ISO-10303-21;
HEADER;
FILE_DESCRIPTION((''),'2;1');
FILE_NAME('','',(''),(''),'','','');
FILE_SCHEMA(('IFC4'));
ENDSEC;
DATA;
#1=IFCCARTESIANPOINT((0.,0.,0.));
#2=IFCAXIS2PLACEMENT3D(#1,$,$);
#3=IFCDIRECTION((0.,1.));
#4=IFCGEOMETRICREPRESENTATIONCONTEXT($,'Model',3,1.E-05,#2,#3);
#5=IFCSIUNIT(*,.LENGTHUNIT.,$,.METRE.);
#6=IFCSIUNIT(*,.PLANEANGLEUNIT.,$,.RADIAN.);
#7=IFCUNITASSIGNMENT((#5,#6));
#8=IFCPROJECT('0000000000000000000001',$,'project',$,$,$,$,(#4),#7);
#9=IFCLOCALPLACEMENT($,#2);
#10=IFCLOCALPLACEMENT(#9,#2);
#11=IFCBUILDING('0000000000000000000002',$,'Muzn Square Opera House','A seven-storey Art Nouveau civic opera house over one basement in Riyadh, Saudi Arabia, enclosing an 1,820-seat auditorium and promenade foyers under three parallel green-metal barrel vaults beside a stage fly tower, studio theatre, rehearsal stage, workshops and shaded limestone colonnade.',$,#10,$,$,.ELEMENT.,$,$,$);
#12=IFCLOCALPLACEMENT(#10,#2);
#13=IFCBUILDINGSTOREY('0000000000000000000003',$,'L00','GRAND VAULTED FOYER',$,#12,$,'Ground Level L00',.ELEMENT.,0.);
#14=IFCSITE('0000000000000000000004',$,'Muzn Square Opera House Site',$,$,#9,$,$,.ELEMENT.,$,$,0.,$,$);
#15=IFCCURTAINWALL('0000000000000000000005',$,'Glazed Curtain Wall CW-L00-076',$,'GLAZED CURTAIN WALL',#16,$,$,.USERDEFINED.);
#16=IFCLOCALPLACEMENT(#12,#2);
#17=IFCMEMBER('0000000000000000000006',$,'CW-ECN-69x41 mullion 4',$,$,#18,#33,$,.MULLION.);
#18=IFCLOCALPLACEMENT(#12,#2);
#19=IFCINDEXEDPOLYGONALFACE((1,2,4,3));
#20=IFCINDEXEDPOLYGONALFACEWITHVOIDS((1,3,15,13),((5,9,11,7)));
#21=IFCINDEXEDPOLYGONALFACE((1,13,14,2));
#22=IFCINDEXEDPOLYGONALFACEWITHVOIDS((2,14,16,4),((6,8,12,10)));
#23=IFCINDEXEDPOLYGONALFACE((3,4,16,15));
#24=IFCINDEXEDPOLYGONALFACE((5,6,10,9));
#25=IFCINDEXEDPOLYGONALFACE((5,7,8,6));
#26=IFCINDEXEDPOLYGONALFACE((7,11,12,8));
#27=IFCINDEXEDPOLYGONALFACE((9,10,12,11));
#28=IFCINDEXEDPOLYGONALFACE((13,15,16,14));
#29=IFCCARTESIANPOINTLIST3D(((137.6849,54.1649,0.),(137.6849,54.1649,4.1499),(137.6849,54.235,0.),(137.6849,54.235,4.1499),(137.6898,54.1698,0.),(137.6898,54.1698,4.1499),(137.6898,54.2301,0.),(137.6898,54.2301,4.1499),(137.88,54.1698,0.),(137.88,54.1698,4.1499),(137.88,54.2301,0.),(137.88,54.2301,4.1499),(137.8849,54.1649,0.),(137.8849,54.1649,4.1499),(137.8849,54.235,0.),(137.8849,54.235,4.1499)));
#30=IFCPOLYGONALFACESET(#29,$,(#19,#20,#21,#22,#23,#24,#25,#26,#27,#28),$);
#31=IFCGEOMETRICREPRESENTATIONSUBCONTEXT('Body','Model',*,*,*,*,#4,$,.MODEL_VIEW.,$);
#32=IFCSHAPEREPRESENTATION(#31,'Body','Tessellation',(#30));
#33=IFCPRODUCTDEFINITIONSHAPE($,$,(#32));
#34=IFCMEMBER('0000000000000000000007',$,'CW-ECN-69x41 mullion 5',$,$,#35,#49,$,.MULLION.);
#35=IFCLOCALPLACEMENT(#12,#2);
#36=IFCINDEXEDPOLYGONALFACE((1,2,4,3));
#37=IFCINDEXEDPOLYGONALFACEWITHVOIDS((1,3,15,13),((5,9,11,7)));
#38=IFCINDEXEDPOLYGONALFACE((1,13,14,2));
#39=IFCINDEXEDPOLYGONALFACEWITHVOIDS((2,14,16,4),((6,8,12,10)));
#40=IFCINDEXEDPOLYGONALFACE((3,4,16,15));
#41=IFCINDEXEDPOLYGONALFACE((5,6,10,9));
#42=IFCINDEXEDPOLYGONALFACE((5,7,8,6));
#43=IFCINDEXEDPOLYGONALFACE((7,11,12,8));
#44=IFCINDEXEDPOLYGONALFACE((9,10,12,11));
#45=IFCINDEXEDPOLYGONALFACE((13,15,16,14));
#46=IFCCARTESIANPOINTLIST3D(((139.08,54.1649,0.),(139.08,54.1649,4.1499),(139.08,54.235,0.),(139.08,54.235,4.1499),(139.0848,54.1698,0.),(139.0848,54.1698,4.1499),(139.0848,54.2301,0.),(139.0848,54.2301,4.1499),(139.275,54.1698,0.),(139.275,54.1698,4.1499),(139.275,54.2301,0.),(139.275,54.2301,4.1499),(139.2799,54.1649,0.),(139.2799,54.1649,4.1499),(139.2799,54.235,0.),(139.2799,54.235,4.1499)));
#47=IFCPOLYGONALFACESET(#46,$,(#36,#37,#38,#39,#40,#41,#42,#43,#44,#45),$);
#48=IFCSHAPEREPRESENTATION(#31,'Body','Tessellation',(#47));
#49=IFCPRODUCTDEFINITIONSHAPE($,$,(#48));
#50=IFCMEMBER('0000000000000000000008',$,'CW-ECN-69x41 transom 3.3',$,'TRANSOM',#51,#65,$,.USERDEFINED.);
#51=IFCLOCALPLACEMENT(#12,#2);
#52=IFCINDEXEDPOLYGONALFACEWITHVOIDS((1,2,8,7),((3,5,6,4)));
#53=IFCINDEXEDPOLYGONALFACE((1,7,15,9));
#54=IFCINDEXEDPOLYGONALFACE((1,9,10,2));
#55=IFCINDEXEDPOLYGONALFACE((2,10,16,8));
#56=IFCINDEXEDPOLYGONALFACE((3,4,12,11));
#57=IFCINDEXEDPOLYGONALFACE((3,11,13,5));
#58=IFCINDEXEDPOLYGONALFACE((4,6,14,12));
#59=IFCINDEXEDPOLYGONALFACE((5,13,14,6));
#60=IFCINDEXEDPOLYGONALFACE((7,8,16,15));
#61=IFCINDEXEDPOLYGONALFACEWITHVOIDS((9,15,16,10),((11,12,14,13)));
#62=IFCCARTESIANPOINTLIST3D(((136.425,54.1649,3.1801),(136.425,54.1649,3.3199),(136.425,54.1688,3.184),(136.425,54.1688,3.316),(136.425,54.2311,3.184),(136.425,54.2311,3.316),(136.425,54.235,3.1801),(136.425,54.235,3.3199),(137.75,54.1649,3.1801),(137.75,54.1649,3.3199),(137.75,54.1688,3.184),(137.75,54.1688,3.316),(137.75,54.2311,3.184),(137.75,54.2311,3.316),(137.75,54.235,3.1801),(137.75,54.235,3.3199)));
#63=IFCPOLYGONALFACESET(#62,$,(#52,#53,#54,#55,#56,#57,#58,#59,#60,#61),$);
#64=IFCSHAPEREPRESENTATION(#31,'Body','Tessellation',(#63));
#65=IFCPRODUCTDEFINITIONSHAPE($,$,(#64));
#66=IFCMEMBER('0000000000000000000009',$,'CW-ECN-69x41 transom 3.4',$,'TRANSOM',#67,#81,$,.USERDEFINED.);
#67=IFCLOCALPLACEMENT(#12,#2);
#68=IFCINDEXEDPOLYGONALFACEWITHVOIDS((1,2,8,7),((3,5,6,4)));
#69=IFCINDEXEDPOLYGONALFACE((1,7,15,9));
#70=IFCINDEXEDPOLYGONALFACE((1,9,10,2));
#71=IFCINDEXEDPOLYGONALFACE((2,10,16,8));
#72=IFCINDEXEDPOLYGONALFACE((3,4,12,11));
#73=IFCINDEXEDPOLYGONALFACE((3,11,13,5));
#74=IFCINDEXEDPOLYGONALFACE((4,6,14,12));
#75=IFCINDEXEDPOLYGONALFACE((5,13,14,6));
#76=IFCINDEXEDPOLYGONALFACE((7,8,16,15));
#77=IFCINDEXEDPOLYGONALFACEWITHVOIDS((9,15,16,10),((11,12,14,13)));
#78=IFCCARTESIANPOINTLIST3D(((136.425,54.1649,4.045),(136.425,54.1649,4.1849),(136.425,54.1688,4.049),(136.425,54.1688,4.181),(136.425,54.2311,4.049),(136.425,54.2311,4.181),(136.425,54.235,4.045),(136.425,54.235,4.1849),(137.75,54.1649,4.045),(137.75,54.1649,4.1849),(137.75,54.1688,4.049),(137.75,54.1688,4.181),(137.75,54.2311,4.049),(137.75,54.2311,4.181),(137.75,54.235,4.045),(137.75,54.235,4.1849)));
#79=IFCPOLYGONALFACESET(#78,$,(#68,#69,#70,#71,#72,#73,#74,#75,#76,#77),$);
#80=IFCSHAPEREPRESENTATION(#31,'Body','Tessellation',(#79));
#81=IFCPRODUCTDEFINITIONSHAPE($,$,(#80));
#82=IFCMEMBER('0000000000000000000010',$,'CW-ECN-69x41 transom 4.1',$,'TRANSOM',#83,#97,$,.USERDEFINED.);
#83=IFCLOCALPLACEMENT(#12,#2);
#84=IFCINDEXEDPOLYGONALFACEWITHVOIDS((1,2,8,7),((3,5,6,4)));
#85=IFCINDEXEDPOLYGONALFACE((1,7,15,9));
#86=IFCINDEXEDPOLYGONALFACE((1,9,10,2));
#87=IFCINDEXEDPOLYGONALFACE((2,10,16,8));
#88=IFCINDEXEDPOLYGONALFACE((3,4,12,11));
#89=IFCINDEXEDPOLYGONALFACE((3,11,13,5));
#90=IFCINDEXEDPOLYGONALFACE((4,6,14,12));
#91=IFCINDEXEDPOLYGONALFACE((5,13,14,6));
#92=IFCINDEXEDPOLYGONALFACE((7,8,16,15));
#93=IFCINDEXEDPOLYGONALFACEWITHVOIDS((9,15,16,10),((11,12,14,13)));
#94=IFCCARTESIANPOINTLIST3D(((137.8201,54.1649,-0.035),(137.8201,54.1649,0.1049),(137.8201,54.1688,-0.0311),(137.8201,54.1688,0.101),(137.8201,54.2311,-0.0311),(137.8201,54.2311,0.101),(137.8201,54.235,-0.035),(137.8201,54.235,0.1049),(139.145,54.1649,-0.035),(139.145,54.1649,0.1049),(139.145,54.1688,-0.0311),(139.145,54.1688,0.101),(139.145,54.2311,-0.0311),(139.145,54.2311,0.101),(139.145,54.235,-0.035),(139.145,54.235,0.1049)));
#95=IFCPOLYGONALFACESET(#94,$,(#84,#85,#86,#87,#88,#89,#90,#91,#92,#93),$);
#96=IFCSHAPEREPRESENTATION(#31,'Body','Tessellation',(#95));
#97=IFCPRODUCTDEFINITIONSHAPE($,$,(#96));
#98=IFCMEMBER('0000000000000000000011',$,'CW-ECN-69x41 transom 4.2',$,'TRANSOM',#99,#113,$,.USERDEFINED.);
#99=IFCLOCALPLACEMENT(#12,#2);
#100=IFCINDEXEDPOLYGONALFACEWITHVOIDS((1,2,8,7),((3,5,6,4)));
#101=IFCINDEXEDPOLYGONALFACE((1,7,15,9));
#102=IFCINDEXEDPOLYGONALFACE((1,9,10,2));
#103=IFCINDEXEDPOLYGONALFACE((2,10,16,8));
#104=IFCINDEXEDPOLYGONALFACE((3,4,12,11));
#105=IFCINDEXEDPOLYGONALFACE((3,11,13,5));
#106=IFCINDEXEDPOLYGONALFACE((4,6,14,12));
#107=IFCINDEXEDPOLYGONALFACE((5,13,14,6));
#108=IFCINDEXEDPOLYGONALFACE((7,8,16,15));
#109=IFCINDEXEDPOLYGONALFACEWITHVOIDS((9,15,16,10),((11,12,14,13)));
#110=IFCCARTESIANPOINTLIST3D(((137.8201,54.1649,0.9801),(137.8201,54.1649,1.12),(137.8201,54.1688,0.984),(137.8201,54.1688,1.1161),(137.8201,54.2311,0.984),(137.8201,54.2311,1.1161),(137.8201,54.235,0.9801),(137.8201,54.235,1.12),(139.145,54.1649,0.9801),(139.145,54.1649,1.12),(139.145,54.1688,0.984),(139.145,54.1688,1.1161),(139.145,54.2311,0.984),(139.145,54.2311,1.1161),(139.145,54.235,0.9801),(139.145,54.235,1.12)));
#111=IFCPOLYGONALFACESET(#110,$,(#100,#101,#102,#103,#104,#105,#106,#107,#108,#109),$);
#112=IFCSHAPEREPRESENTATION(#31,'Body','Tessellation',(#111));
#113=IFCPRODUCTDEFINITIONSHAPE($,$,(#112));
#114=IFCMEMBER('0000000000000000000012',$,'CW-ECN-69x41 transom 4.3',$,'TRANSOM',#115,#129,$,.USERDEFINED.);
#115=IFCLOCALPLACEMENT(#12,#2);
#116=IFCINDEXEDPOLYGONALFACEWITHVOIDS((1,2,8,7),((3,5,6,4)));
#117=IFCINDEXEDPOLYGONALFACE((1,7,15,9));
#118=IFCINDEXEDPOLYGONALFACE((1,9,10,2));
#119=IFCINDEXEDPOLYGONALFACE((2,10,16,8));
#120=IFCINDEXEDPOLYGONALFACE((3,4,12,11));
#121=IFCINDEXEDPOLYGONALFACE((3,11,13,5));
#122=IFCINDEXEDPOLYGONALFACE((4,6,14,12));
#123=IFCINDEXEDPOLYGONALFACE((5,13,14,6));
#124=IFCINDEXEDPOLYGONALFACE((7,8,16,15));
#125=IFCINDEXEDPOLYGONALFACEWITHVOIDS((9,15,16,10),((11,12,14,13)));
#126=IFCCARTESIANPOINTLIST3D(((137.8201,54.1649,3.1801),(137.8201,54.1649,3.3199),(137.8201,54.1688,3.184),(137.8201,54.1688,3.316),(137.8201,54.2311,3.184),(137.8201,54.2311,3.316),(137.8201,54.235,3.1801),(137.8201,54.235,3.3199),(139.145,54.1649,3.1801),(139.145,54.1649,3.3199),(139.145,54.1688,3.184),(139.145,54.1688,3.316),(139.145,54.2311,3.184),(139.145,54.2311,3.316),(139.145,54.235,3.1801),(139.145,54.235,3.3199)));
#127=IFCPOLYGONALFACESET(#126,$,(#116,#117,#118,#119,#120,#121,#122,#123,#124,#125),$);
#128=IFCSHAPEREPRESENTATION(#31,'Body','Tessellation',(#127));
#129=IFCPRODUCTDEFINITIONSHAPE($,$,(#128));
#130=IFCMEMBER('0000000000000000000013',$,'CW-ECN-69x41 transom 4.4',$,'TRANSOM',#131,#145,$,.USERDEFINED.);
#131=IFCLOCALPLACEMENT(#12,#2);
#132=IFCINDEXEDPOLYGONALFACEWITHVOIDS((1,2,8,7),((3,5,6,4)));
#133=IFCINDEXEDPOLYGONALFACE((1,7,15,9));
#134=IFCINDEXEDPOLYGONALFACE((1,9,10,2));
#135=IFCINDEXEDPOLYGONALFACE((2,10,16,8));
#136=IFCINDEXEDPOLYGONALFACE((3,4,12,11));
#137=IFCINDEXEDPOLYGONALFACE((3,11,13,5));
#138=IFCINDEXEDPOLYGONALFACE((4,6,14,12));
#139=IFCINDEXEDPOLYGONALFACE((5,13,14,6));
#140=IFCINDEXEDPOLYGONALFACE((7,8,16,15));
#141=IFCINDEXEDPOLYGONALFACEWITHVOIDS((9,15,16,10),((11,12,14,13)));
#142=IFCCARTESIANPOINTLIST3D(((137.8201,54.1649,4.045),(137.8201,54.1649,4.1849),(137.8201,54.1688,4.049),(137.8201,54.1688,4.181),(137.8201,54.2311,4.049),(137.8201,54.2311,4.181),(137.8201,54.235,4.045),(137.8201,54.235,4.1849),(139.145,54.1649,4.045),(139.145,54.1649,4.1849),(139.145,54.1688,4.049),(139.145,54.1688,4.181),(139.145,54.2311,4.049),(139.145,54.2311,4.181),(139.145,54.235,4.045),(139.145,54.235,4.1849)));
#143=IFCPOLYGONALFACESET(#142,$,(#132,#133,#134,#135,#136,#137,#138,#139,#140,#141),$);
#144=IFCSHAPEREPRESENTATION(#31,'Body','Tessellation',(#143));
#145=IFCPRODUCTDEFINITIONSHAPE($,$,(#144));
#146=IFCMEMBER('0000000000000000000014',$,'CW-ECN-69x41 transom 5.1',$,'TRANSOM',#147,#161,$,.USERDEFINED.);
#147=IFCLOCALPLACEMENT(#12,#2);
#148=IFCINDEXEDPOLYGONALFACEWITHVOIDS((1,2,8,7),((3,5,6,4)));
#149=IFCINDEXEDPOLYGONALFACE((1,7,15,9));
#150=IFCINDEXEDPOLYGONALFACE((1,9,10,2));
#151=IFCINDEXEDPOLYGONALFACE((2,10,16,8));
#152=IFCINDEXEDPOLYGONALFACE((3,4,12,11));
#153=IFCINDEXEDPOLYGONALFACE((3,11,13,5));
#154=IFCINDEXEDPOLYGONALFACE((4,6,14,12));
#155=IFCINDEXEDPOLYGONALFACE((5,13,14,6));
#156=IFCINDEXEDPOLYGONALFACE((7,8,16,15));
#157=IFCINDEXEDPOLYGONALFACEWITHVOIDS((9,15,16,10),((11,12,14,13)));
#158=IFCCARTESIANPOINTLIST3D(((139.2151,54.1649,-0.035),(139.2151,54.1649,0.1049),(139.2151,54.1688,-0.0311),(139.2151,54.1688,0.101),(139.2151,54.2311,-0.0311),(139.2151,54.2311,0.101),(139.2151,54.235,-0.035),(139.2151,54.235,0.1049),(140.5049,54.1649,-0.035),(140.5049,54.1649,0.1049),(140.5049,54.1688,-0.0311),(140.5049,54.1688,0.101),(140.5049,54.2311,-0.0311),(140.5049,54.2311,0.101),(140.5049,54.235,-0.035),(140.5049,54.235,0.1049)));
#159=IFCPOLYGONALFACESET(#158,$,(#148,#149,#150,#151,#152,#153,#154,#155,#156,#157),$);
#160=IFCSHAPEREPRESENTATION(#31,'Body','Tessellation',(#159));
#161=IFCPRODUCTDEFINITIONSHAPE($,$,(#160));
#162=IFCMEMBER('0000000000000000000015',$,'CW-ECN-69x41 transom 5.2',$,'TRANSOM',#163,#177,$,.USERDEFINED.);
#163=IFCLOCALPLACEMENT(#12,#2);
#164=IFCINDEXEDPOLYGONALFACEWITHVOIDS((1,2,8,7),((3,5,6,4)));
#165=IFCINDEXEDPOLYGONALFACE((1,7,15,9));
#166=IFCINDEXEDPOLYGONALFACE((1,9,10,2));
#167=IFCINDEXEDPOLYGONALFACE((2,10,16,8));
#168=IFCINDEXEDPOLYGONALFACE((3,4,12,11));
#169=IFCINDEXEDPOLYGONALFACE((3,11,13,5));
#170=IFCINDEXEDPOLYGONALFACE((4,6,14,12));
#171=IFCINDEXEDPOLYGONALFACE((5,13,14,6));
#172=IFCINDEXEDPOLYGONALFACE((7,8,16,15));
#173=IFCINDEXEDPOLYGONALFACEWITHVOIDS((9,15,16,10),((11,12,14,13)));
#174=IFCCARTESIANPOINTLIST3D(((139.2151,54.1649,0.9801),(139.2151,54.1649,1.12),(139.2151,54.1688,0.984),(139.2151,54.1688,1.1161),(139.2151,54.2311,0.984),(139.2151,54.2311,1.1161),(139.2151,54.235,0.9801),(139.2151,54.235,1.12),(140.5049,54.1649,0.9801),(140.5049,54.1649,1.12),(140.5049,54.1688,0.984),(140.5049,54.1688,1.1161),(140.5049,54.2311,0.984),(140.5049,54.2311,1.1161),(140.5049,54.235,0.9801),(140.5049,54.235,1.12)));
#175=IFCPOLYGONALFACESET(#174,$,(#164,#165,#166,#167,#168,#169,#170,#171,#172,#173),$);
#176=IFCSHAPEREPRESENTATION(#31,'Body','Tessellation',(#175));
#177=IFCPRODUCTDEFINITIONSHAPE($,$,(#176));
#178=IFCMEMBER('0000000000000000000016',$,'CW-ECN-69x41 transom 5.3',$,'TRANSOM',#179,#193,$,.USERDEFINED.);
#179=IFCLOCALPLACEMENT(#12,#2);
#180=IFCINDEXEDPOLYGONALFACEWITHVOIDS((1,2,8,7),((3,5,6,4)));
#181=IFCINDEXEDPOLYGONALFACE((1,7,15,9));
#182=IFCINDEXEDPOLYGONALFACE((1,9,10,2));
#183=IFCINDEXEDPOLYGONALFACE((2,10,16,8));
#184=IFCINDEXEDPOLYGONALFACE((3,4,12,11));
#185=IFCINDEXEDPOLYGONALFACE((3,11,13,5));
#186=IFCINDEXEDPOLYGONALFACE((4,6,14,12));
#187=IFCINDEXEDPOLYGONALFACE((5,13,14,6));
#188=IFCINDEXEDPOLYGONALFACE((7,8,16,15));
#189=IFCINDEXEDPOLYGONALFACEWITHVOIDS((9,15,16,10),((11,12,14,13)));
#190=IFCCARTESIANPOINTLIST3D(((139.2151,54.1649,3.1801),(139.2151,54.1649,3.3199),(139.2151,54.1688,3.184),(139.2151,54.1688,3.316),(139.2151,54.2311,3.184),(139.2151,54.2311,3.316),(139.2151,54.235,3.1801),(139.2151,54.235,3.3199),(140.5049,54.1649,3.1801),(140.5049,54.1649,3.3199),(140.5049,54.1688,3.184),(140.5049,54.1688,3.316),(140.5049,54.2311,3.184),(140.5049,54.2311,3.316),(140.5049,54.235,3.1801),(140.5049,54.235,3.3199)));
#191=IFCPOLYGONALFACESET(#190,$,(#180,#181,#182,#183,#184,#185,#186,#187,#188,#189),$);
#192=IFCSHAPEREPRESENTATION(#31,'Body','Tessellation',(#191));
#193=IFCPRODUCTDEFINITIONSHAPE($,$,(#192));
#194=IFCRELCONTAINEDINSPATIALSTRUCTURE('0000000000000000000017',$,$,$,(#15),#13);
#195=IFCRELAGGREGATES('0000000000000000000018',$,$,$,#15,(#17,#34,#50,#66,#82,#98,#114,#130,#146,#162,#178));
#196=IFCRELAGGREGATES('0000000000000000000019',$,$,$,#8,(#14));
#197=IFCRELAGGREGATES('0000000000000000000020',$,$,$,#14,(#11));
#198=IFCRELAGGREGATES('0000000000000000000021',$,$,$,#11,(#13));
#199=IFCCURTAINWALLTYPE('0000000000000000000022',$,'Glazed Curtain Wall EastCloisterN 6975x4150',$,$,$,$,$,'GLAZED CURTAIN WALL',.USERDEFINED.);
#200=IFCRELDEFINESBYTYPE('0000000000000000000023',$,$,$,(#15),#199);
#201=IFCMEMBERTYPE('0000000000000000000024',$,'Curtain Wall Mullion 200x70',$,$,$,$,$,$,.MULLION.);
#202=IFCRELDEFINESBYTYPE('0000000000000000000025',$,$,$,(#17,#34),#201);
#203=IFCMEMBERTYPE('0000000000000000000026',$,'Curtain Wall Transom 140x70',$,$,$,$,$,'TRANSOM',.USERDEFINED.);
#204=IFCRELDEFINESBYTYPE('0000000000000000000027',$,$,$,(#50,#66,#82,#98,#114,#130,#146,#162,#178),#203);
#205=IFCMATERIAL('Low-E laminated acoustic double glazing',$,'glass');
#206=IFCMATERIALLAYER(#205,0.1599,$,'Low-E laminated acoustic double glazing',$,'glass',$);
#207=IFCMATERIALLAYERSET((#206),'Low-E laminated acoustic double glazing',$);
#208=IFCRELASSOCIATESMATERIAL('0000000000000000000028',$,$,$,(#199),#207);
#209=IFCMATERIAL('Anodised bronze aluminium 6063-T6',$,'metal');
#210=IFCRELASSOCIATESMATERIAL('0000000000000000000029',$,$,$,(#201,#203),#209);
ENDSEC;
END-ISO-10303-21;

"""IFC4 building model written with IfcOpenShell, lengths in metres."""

from ifc_helpers import new_model, si_unit, direction, frame, origin, origin_2d, place, context, subcontext, project, spatial, hollow_rectangle, extrude, material, layer, layer_set, material_profile, profile_set, type_object, element, aggregate, save


model = new_model("IFC4")

# Units and contexts
model_context = context("Model", 3, precision=1e-05, world=origin(), true_north=direction((0.0, 1.0)))
body_context = subcontext(model_context, "Body", "Model", "MODEL_VIEW")
ifc_project = project(units=[si_unit("LENGTHUNIT", "METRE"), si_unit("PLANEANGLEUNIT", "RADIAN")], contexts=[model_context])

# Site, building, storey
site_placement = place(None, origin())
site = spatial("IfcSite", under=ifc_project, at=site_placement, Name="Muzn Square Opera House Site", CompositionType="ELEMENT", RefElevation=0.0)
building_placement = place(site_placement, origin())
building = spatial("IfcBuilding", under=site, at=building_placement, Name="Muzn Square Opera House", Description="A seven-storey Art Nouveau civic opera house over one basement in Riyadh, Saudi Arabia, enclosing an 1,820-seat auditorium and promenade foyers under three parallel green-metal barrel vaults beside a stage fly tower, studio theatre, rehearsal stage, workshops and shaded limestone colonnade.", CompositionType="ELEMENT")
storey_placement = place(building_placement, origin())
storey = spatial("IfcBuildingStorey", under=building, at=storey_placement, Name="L00", Description="GRAND VAULTED FOYER", LongName="Ground Level L00", CompositionType="ELEMENT", Elevation=0.0)

# Curtain wall, members
ifc_material_1 = material(Name="Low-E laminated acoustic double glazing", Category="glass")
ifc_layer_1 = layer(ifc_material_1, 0.1599, Name="Low-E laminated acoustic double glazing", Category="glass")
ifc_layer_set_1 = layer_set([ifc_layer_1], Name="Low-E laminated acoustic double glazing")
curtain_wall_type = type_object("IfcCurtainWallType", Name="Glazed Curtain Wall EastCloisterN 6975x4150", ElementType="GLAZED CURTAIN WALL", PredefinedType="USERDEFINED", material=ifc_layer_set_1)
curtain_wall_placement = place(storey_placement, origin())
curtain_wall = element("IfcCurtainWall", 1, at=curtain_wall_placement, inside=storey, type_object=curtain_wall_type, Name="Glazed Curtain Wall CW-L00-076", ObjectType="GLAZED CURTAIN WALL", PredefinedType="USERDEFINED")
ifc_material_2 = material(Name="Anodised bronze aluminium 6063-T6", Category="metal")
ifc_material_profile_1 = material_profile(ifc_material_2, hollow_rectangle(XDim=0.0701, YDim=0.2, WallThickness=0.0049, at=origin_2d()), Name="ALU 200x70x5", Category="metal")
ifc_profile_set_1 = profile_set([ifc_material_profile_1], Name="Anodised bronze aluminium 6063-T6")
member_type_1 = type_object("IfcMemberType", Name="Curtain Wall Mullion 200x70", PredefinedType="MULLION", material=ifc_profile_set_1)
member_1_placement = place(storey_placement, frame((137.7849, 54.2, 0.0), z_axis=(0.0, 0.0, 1.0), x_axis=(0.0, 1.0, 0.0)))
member_1 = element("IfcMember", 2, at=member_1_placement, type_object=member_type_1, Name="CW-ECN-69x41 mullion 4", PredefinedType="MULLION", context=body_context, shape_type="SweptSolid", body=[
    extrude(hollow_rectangle(XDim=0.0701, YDim=0.2, WallThickness=0.0049, at=origin_2d()), origin(), (0.0, 0.0, 1.0), 4.1499),
])
member_2_placement = place(storey_placement, frame((139.1799, 54.2, 0.0), z_axis=(0.0, 0.0, 1.0), x_axis=(0.0, 1.0, 0.0)))
member_2 = element("IfcMember", 3, at=member_2_placement, type_object=member_type_1, Name="CW-ECN-69x41 mullion 5", PredefinedType="MULLION", context=body_context, shape_type="SweptSolid", body=[
    extrude(hollow_rectangle(XDim=0.0701, YDim=0.2, WallThickness=0.0049, at=origin_2d()), origin(), (0.0, 0.0, 1.0), 4.1499),
])
ifc_material_profile_2 = material_profile(ifc_material_2, hollow_rectangle(XDim=0.0701, YDim=0.1399, WallThickness=0.0039, at=origin_2d()), Name="ALU 140x70x4", Category="metal")
ifc_profile_set_2 = profile_set([ifc_material_profile_2], Name="Anodised bronze aluminium 6063-T6")
member_type_2 = type_object("IfcMemberType", Name="Curtain Wall Transom 140x70", ElementType="TRANSOM", PredefinedType="USERDEFINED", material=ifc_profile_set_2)
member_3_placement = place(storey_placement, frame((136.425, 54.2, 3.25), z_axis=(1.0, 0.0, 0.0), x_axis=(0.0, 1.0, 0.0)))
member_3 = element("IfcMember", 4, at=member_3_placement, type_object=member_type_2, Name="CW-ECN-69x41 transom 3.3", ObjectType="TRANSOM", PredefinedType="USERDEFINED", context=body_context, shape_type="SweptSolid", body=[
    extrude(hollow_rectangle(XDim=0.0701, YDim=0.1399, WallThickness=0.0039, at=origin_2d()), origin(), (0.0, 0.0, 1.0), 1.325),
])
member_4_placement = place(storey_placement, frame((136.425, 54.2, 4.115), z_axis=(1.0, 0.0, 0.0), x_axis=(0.0, 1.0, 0.0)))
member_4 = element("IfcMember", 5, at=member_4_placement, type_object=member_type_2, Name="CW-ECN-69x41 transom 3.4", ObjectType="TRANSOM", PredefinedType="USERDEFINED", context=body_context, shape_type="SweptSolid", body=[
    extrude(hollow_rectangle(XDim=0.0701, YDim=0.1399, WallThickness=0.0039, at=origin_2d()), origin(), (0.0, 0.0, 1.0), 1.325),
])
member_5_placement = place(storey_placement, frame((137.8201, 54.2, 0.0349), z_axis=(1.0, 0.0, 0.0), x_axis=(0.0, 1.0, 0.0)))
member_5 = element("IfcMember", 6, at=member_5_placement, type_object=member_type_2, Name="CW-ECN-69x41 transom 4.1", ObjectType="TRANSOM", PredefinedType="USERDEFINED", context=body_context, shape_type="SweptSolid", body=[
    extrude(hollow_rectangle(XDim=0.0701, YDim=0.1399, WallThickness=0.0039, at=origin_2d()), origin(), (0.0, 0.0, 1.0), 1.325),
])
member_6_placement = place(storey_placement, frame((137.8201, 54.2, 1.05), z_axis=(1.0, 0.0, 0.0), x_axis=(0.0, 1.0, 0.0)))
member_6 = element("IfcMember", 7, at=member_6_placement, type_object=member_type_2, Name="CW-ECN-69x41 transom 4.2", ObjectType="TRANSOM", PredefinedType="USERDEFINED", context=body_context, shape_type="SweptSolid", body=[
    extrude(hollow_rectangle(XDim=0.0701, YDim=0.1399, WallThickness=0.0039, at=origin_2d()), origin(), (0.0, 0.0, 1.0), 1.325),
])
member_7_placement = place(storey_placement, frame((137.8201, 54.2, 3.25), z_axis=(1.0, 0.0, 0.0), x_axis=(0.0, 1.0, 0.0)))
member_7 = element("IfcMember", 8, at=member_7_placement, type_object=member_type_2, Name="CW-ECN-69x41 transom 4.3", ObjectType="TRANSOM", PredefinedType="USERDEFINED", context=body_context, shape_type="SweptSolid", body=[
    extrude(hollow_rectangle(XDim=0.0701, YDim=0.1399, WallThickness=0.0039, at=origin_2d()), origin(), (0.0, 0.0, 1.0), 1.325),
])
member_8_placement = place(storey_placement, frame((137.8201, 54.2, 4.115), z_axis=(1.0, 0.0, 0.0), x_axis=(0.0, 1.0, 0.0)))
member_8 = element("IfcMember", 9, at=member_8_placement, type_object=member_type_2, Name="CW-ECN-69x41 transom 4.4", ObjectType="TRANSOM", PredefinedType="USERDEFINED", context=body_context, shape_type="SweptSolid", body=[
    extrude(hollow_rectangle(XDim=0.0701, YDim=0.1399, WallThickness=0.0039, at=origin_2d()), origin(), (0.0, 0.0, 1.0), 1.325),
])
member_9_placement = place(storey_placement, frame((139.2151, 54.2, 0.0349), z_axis=(1.0, 0.0, 0.0), x_axis=(0.0, 1.0, 0.0)))
member_9 = element("IfcMember", 10, at=member_9_placement, type_object=member_type_2, Name="CW-ECN-69x41 transom 5.1", ObjectType="TRANSOM", PredefinedType="USERDEFINED", context=body_context, shape_type="SweptSolid", body=[
    extrude(hollow_rectangle(XDim=0.0701, YDim=0.1399, WallThickness=0.0039, at=origin_2d()), origin(), (0.0, 0.0, 1.0), 1.2898),
])
member_10_placement = place(storey_placement, frame((139.2151, 54.2, 1.05), z_axis=(1.0, 0.0, 0.0), x_axis=(0.0, 1.0, 0.0)))
member_10 = element("IfcMember", 11, at=member_10_placement, type_object=member_type_2, Name="CW-ECN-69x41 transom 5.2", ObjectType="TRANSOM", PredefinedType="USERDEFINED", context=body_context, shape_type="SweptSolid", body=[
    extrude(hollow_rectangle(XDim=0.0701, YDim=0.1399, WallThickness=0.0039, at=origin_2d()), origin(), (0.0, 0.0, 1.0), 1.2898),
])
member_11_placement = place(storey_placement, frame((139.2151, 54.2, 3.25), z_axis=(1.0, 0.0, 0.0), x_axis=(0.0, 1.0, 0.0)))
member_11 = element("IfcMember", 12, at=member_11_placement, type_object=member_type_2, Name="CW-ECN-69x41 transom 5.3", ObjectType="TRANSOM", PredefinedType="USERDEFINED", context=body_context, shape_type="SweptSolid", body=[
    extrude(hollow_rectangle(XDim=0.0701, YDim=0.1399, WallThickness=0.0039, at=origin_2d()), origin(), (0.0, 0.0, 1.0), 1.2898),
])
aggregate(curtain_wall, [member_1, member_2, member_3, member_4, member_5, member_6, member_7, member_8, member_9, member_10, member_11])

save(model, "model.ifc")
